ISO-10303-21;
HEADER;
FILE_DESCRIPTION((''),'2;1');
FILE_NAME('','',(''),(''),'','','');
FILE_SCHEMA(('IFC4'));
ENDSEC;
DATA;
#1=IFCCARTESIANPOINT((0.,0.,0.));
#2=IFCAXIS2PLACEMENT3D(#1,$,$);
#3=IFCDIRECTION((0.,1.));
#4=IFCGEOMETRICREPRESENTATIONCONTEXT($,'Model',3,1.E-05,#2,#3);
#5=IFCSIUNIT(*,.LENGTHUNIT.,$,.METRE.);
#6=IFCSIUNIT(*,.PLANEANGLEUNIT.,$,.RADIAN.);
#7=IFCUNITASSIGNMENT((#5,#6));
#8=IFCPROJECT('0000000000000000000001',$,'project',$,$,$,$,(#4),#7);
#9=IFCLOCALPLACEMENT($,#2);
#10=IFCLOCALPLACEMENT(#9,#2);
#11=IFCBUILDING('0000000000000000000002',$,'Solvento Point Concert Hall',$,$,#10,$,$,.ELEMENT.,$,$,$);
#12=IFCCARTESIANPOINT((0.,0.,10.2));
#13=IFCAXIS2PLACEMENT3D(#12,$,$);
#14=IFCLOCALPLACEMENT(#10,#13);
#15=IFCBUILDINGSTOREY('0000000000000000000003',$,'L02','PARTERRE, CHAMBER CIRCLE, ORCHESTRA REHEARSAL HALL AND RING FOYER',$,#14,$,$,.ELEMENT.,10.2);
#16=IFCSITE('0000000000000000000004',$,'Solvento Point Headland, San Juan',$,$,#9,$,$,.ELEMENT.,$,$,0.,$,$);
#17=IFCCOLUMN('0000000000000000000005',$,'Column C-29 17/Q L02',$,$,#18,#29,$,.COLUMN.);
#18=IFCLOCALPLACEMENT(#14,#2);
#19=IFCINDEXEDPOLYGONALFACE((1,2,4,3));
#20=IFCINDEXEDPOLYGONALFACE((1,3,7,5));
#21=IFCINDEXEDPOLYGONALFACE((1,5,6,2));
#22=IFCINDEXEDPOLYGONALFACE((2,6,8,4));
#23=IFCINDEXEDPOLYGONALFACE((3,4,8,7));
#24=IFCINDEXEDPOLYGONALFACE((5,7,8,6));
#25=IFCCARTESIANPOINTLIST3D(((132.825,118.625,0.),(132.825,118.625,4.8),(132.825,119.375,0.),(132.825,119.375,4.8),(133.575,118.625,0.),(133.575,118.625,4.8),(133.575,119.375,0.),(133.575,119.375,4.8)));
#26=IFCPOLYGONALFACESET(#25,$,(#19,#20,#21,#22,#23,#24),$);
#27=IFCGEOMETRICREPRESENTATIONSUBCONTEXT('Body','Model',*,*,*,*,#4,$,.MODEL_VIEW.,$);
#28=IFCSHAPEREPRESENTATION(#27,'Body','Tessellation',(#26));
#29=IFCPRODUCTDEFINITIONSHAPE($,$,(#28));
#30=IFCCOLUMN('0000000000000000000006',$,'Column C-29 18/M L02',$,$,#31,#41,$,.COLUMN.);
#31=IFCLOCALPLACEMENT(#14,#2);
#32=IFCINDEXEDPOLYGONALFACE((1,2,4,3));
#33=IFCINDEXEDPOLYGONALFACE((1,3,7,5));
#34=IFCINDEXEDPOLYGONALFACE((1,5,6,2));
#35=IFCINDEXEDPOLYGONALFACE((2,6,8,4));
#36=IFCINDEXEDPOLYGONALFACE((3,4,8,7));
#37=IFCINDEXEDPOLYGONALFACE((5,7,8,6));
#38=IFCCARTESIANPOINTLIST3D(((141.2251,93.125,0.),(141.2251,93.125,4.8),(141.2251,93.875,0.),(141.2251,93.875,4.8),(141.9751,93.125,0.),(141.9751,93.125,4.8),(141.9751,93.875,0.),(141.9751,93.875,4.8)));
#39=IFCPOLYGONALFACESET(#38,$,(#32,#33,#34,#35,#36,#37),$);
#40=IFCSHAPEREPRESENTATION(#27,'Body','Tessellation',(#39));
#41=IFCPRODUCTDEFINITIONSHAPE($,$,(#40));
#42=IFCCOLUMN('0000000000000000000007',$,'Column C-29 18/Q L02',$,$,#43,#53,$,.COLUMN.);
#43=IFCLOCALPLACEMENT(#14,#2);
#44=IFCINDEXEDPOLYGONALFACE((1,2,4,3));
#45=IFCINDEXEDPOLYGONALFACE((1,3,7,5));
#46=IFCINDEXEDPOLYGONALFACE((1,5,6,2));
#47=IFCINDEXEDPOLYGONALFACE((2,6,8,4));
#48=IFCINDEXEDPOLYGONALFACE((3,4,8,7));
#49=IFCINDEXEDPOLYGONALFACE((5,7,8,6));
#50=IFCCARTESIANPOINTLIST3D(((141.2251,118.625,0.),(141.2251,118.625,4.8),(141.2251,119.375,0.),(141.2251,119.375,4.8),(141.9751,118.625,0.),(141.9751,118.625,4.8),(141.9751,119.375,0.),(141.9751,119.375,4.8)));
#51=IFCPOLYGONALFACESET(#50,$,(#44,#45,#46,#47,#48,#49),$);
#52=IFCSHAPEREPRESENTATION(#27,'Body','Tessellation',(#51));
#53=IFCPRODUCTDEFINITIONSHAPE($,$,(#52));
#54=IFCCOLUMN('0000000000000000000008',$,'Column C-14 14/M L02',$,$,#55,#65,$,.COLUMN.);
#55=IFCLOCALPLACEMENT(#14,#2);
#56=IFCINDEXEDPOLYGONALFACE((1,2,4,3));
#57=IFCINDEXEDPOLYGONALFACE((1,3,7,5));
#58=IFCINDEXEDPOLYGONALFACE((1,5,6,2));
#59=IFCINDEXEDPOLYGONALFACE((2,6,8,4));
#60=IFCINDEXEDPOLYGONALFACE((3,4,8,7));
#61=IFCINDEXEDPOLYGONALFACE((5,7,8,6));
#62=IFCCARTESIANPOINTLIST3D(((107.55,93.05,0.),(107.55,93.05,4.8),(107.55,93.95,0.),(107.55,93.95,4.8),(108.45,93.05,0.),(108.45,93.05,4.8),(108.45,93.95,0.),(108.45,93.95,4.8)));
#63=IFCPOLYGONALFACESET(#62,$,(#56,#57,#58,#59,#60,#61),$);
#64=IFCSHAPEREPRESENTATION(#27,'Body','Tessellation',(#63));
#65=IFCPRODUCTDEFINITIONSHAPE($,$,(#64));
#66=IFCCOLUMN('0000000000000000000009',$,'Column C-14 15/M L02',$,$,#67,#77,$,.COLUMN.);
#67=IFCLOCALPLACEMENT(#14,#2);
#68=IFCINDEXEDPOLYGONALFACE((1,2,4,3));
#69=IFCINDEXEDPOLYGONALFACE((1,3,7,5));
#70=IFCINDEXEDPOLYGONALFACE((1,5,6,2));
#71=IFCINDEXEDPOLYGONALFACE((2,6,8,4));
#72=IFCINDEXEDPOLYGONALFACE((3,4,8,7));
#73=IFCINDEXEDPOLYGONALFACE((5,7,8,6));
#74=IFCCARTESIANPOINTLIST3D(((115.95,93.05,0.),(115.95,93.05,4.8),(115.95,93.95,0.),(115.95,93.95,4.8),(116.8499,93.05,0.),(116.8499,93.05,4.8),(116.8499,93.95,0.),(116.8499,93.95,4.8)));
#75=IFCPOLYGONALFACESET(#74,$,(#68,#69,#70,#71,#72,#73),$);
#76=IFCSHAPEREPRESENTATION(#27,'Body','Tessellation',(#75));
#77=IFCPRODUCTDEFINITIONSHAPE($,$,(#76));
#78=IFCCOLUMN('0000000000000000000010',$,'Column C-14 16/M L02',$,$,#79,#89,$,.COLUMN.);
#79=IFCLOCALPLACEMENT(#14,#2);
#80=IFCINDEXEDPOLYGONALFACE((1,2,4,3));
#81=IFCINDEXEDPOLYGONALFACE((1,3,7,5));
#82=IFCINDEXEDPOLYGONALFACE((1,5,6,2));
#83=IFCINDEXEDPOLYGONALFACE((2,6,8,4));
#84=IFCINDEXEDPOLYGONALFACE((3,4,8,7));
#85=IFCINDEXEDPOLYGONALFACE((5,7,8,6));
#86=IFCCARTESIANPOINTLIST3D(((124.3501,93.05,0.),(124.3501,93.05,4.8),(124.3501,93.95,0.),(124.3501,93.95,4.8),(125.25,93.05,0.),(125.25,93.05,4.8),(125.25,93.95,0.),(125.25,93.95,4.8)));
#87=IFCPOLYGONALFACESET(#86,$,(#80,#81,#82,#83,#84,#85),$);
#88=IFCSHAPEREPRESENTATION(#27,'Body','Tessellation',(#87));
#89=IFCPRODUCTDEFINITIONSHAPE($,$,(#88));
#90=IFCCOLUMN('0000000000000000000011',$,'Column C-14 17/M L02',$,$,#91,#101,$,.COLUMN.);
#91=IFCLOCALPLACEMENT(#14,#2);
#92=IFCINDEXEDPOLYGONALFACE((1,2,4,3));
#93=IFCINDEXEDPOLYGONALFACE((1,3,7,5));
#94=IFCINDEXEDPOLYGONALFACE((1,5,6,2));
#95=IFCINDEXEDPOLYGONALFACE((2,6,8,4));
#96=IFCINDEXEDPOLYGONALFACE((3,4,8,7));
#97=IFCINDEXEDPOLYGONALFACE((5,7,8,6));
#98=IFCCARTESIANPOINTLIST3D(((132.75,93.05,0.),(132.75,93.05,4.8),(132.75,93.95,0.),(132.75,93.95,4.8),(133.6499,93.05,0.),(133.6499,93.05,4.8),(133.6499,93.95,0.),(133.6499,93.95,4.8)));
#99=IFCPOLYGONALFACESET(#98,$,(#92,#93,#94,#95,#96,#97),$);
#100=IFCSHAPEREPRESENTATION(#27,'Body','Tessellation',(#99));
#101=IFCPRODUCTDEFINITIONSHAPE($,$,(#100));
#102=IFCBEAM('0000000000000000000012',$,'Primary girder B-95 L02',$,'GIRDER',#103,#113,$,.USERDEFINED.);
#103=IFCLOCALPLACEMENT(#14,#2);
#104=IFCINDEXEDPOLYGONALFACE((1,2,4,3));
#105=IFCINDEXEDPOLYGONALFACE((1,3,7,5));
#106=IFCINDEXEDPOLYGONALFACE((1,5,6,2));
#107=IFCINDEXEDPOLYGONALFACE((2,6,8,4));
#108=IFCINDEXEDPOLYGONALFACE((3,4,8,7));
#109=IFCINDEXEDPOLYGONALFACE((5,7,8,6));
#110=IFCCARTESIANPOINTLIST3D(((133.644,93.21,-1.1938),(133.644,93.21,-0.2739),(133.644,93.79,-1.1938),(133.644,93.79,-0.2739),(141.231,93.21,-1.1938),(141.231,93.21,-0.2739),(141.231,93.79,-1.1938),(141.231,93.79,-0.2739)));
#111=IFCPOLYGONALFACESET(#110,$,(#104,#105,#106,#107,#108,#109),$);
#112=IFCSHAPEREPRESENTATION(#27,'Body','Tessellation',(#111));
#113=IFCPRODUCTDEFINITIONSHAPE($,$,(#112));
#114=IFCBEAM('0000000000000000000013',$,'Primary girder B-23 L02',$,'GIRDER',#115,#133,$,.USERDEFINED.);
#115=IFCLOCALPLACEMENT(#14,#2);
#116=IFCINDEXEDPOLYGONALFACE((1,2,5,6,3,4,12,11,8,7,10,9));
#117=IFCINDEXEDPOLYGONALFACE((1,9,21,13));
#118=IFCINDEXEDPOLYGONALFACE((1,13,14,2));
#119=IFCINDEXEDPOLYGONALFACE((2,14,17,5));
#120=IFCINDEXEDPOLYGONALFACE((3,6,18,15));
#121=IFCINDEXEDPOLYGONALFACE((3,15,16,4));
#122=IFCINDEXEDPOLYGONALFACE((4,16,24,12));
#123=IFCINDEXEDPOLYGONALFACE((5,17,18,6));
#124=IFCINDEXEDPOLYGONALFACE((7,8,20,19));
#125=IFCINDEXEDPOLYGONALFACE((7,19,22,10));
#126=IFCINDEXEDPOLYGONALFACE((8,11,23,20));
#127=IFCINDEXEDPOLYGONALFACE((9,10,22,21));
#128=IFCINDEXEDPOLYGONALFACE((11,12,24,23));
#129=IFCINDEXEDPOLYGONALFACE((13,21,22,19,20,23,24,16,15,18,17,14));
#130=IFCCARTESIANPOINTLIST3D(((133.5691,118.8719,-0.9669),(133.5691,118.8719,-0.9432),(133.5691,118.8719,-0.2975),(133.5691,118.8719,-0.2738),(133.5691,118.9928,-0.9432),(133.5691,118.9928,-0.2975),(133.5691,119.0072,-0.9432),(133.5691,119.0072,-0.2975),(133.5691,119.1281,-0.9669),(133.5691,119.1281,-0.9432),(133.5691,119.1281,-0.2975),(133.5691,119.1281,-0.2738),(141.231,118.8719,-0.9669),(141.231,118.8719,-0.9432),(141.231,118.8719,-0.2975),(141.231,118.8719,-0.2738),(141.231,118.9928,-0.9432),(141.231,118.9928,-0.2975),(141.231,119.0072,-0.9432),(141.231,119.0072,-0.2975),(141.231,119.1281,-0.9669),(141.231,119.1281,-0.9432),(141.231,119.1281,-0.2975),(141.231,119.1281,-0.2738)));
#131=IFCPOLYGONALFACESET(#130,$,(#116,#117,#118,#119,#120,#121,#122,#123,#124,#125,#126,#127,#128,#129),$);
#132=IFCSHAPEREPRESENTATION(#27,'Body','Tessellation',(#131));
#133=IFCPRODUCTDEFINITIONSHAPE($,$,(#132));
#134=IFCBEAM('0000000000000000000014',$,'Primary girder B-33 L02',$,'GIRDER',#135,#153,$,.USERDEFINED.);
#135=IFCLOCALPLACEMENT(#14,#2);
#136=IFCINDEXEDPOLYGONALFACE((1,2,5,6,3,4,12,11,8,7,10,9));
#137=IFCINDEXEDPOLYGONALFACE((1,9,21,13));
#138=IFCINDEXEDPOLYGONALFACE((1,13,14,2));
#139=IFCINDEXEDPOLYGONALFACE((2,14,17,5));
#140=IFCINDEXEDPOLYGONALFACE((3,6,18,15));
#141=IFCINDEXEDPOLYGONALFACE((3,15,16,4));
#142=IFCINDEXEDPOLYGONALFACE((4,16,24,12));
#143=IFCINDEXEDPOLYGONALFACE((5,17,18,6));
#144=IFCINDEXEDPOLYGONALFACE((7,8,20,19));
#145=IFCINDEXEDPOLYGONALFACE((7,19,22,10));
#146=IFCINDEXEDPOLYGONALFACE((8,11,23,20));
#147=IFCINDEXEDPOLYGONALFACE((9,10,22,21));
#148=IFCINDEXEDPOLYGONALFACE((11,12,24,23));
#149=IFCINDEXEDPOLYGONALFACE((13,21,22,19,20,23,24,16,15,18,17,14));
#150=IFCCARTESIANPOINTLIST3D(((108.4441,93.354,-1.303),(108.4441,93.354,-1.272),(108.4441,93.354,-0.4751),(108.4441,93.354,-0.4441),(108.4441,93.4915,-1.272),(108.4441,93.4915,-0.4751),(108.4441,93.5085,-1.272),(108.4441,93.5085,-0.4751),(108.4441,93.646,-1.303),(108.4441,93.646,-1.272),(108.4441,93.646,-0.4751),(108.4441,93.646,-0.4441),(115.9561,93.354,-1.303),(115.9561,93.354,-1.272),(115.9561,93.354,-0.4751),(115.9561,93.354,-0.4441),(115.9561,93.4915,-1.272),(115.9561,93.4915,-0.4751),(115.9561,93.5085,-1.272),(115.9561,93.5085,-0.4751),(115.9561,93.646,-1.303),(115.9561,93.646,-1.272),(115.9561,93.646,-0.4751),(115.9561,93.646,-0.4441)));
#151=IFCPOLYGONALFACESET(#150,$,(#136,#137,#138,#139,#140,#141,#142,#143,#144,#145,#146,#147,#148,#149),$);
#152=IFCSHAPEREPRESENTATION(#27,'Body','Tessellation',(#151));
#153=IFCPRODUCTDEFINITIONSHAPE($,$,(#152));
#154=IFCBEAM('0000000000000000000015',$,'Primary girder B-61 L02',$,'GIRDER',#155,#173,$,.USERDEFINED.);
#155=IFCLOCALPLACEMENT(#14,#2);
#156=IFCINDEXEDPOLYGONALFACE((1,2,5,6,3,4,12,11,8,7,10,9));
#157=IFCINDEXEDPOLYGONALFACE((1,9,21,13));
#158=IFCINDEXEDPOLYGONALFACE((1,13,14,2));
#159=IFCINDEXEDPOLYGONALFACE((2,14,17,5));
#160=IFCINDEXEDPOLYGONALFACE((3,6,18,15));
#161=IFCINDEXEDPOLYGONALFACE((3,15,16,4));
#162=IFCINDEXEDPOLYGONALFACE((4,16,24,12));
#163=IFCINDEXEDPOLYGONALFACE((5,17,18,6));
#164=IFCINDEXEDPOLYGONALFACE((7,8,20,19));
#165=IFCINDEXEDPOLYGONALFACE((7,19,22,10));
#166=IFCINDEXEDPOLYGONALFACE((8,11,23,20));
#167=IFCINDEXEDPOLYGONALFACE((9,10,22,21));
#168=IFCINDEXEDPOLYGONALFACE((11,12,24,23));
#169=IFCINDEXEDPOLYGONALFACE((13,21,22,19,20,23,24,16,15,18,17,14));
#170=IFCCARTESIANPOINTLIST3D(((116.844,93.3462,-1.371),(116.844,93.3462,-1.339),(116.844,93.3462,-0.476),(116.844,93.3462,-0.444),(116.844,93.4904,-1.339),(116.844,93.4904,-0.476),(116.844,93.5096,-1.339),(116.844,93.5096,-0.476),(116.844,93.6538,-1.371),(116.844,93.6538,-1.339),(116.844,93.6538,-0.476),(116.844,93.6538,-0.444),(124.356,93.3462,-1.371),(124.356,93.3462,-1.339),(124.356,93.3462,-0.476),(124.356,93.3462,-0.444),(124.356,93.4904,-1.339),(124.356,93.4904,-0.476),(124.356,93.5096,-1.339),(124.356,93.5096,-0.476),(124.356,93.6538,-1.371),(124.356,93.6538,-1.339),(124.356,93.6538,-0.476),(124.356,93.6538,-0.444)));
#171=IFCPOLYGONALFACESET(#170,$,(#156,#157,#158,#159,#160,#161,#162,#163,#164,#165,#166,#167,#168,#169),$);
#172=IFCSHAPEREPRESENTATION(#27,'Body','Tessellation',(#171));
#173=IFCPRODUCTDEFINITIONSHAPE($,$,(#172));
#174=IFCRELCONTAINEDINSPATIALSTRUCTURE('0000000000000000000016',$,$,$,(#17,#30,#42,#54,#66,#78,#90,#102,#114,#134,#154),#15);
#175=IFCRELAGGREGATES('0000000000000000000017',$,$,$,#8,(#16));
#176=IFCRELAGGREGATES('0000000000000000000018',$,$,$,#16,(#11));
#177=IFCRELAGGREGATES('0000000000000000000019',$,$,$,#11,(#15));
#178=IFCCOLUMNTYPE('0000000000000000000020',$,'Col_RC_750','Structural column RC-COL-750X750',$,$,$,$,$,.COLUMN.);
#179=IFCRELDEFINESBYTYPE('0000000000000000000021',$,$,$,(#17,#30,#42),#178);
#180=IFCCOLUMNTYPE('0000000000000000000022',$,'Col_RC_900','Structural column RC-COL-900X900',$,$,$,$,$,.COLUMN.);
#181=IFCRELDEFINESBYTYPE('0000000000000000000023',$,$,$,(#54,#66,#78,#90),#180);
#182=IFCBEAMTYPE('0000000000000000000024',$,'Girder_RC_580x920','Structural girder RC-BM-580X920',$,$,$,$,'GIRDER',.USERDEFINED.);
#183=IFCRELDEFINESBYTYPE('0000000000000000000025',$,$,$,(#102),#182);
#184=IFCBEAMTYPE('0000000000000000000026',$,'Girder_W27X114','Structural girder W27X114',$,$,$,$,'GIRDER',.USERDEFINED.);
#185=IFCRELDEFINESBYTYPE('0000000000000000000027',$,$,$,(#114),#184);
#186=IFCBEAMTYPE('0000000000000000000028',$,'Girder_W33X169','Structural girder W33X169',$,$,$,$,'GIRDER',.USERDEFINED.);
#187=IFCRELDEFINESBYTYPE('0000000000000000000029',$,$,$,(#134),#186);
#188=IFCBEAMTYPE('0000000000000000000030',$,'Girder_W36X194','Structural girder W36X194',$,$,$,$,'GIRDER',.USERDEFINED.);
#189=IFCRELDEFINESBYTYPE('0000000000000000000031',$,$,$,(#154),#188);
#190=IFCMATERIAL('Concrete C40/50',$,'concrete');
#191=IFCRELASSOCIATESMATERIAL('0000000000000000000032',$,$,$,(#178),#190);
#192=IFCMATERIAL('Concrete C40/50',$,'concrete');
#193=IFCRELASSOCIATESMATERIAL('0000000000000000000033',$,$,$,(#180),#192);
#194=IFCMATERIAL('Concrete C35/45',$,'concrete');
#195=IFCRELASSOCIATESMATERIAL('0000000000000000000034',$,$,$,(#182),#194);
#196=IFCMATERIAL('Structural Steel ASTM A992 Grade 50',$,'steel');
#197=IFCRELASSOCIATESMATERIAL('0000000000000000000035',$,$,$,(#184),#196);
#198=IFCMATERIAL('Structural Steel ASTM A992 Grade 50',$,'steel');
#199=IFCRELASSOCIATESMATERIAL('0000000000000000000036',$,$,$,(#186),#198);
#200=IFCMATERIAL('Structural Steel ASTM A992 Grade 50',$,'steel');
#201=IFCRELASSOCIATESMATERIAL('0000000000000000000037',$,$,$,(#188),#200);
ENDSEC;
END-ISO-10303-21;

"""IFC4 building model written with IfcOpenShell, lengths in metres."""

from ifc_helpers import new_model, si_unit, direction, frame, origin, origin_2d, place, context, subcontext, project, spatial, rectangle, i_section, extrude, material, material_profile, profile_set, type_object, element, save


model = new_model("IFC4")

# Units and contexts
model_context = context("Model", 3, precision=1e-05, world=origin(), true_north=direction((0.0, 1.0)))
body_context = subcontext(model_context, "Body", "Model", "MODEL_VIEW")
ifc_project = project(units=[si_unit("LENGTHUNIT", "METRE"), si_unit("PLANEANGLEUNIT", "RADIAN")], contexts=[model_context])

# Site, building, storey
site_placement = place(None, origin())
site = spatial("IfcSite", under=ifc_project, at=site_placement, Name="Solvento Point Headland, San Juan", CompositionType="ELEMENT", RefElevation=0.0)
building_placement = place(site_placement, origin())
building = spatial("IfcBuilding", under=site, at=building_placement, Name="Solvento Point Concert Hall", CompositionType="ELEMENT")
storey_placement = place(building_placement, frame((0.0, 0.0, 10.2)))
storey = spatial("IfcBuildingStorey", under=building, at=storey_placement, Name="L02", Description="PARTERRE, CHAMBER CIRCLE, ORCHESTRA REHEARSAL HALL AND RING FOYER", CompositionType="ELEMENT", Elevation=10.2)

# Columns
ifc_material_1 = material(Name="Concrete C40/50", Category="concrete")
ifc_material_profile_1 = material_profile(ifc_material_1, rectangle(XDim=0.75, YDim=0.75, at=origin_2d()), Name="RC-COL-750X750")
ifc_profile_set_1 = profile_set([ifc_material_profile_1], Name="Concrete C40/50")
column_type_1 = type_object("IfcColumnType", Name="Col_RC_750", Description="Structural column RC-COL-750X750", PredefinedType="COLUMN", material=ifc_profile_set_1)
for number, where, z_axis, x_axis, name in (
    (1, (133.2, 119.0, 0.0), (0.0, 0.0, 1.0), (1.0, 0.0, 0.0), "Column C-29 17/Q L02"),
    (2, (141.6001, 93.5, 0.0), (0.0, 0.0, 1.0), (1.0, 0.0, 0.0), "Column C-29 18/M L02"),
    (3, (141.6001, 119.0, 0.0), (0.0, 0.0, 1.0), (1.0, 0.0, 0.0), "Column C-29 18/Q L02"),
):
    element("IfcColumn", number, at=place(storey_placement, frame(where, z_axis=z_axis, x_axis=x_axis)), inside=storey, type_object=column_type_1, Name=name, PredefinedType="COLUMN", context=body_context, shape_type="SweptSolid", body=[
        extrude(rectangle(XDim=0.75, YDim=0.75, at=origin_2d()), origin(), (0.0, 0.0, 1.0), 4.8),
    ])
ifc_material_2 = material(Name="Concrete C40/50", Category="concrete")
ifc_material_profile_2 = material_profile(ifc_material_2, rectangle(XDim=0.8999, YDim=0.8999, at=origin_2d()), Name="RC-COL-900X900")
ifc_profile_set_2 = profile_set([ifc_material_profile_2], Name="Concrete C40/50")
column_type_2 = type_object("IfcColumnType", Name="Col_RC_900", Description="Structural column RC-COL-900X900", PredefinedType="COLUMN", material=ifc_profile_set_2)
for number, where, z_axis, x_axis, name in (
    (4, (108.0, 93.5, 0.0), (0.0, 0.0, 1.0), (1.0, 0.0, 0.0), "Column C-14 14/M L02"),
    (5, (116.3999, 93.5, 0.0), (0.0, 0.0, 1.0), (1.0, 0.0, 0.0), "Column C-14 15/M L02"),
    (6, (124.8, 93.5, 0.0), (0.0, 0.0, 1.0), (1.0, 0.0, 0.0), "Column C-14 16/M L02"),
    (7, (133.2, 93.5, 0.0), (0.0, 0.0, 1.0), (1.0, 0.0, 0.0), "Column C-14 17/M L02"),
):
    element("IfcColumn", number, at=place(storey_placement, frame(where, z_axis=z_axis, x_axis=x_axis)), inside=storey, type_object=column_type_2, Name=name, PredefinedType="COLUMN", context=body_context, shape_type="SweptSolid", body=[
        extrude(rectangle(XDim=0.8999, YDim=0.8999, at=origin_2d()), origin(), (0.0, 0.0, 1.0), 4.8),
    ])

# Beams
ifc_material_3 = material(Name="Concrete C35/45", Category="concrete")
ifc_material_profile_3 = material_profile(ifc_material_3, rectangle(XDim=0.5801, YDim=0.9199, at=origin_2d()), Name="RC-BM-580X920")
ifc_profile_set_3 = profile_set([ifc_material_profile_3], Name="Concrete C35/45")
beam_type_1 = type_object("IfcBeamType", Name="Girder_RC_580x920", Description="Structural girder RC-BM-580X920", ElementType="GIRDER", PredefinedType="USERDEFINED", material=ifc_profile_set_3)
beam_1_placement = place(storey_placement, frame((133.644, 93.5, -0.7339), z_axis=(1.0, 0.0, 0.0), x_axis=(0.0, 1.0, 0.0)))
element("IfcBeam", 8, at=beam_1_placement, inside=storey, type_object=beam_type_1, Name="Primary girder B-95 L02", ObjectType="GIRDER", PredefinedType="USERDEFINED", context=body_context, shape_type="SweptSolid", body=[
    extrude(rectangle(XDim=0.5801, YDim=0.9199, at=origin_2d()), origin(), (0.0, 0.0, 1.0), 7.5869),
])
ifc_material_4 = material(Name="Structural Steel ASTM A992 Grade 50", Category="steel")
ifc_material_profile_4 = material_profile(ifc_material_4, i_section(OverallWidth=0.2561, OverallDepth=0.6931, WebThickness=0.0144, FlangeThickness=0.0237, at=origin_2d()), Name="W27X114")
ifc_profile_set_4 = profile_set([ifc_material_profile_4], Name="Structural Steel ASTM A992 Grade 50")
beam_type_2 = type_object("IfcBeamType", Name="Girder_W27X114", Description="Structural girder W27X114", ElementType="GIRDER", PredefinedType="USERDEFINED", material=ifc_profile_set_4)
beam_2_placement = place(storey_placement, frame((133.5691, 119.0, -0.6204), z_axis=(1.0, 0.0, 0.0), x_axis=(0.0, 1.0, 0.0)))
element("IfcBeam", 9, at=beam_2_placement, inside=storey, type_object=beam_type_2, Name="Primary girder B-23 L02", ObjectType="GIRDER", PredefinedType="USERDEFINED", context=body_context, shape_type="SweptSolid", body=[
    extrude(i_section(OverallWidth=0.2561, OverallDepth=0.6931, WebThickness=0.0144, FlangeThickness=0.0237, at=origin_2d()), origin(), (0.0, 0.0, 1.0), 7.6619),
])
ifc_material_5 = material(Name="Structural Steel ASTM A992 Grade 50", Category="steel")
ifc_material_profile_5 = material_profile(ifc_material_5, i_section(OverallWidth=0.292, OverallDepth=0.8589, WebThickness=0.0171, FlangeThickness=0.031, at=origin_2d()), Name="W33X169")
ifc_profile_set_5 = profile_set([ifc_material_profile_5], Name="Structural Steel ASTM A992 Grade 50")
beam_type_3 = type_object("IfcBeamType", Name="Girder_W33X169", Description="Structural girder W33X169", ElementType="GIRDER", PredefinedType="USERDEFINED", material=ifc_profile_set_5)
beam_3_placement = place(storey_placement, frame((108.4441, 93.5, -0.8735), z_axis=(1.0, 0.0, 0.0), x_axis=(0.0, 1.0, 0.0)))
element("IfcBeam", 10, at=beam_3_placement, inside=storey, type_object=beam_type_3, Name="Primary girder B-33 L02", ObjectType="GIRDER", PredefinedType="USERDEFINED", context=body_context, shape_type="SweptSolid", body=[
    extrude(i_section(OverallWidth=0.292, OverallDepth=0.8589, WebThickness=0.0171, FlangeThickness=0.031, at=origin_2d()), origin(), (0.0, 0.0, 1.0), 7.512),
])
ifc_material_6 = material(Name="Structural Steel ASTM A992 Grade 50", Category="steel")
ifc_material_profile_6 = material_profile(ifc_material_6, i_section(OverallWidth=0.3076, OverallDepth=0.927, WebThickness=0.0193, FlangeThickness=0.032, at=origin_2d()), Name="W36X194")
ifc_profile_set_6 = profile_set([ifc_material_profile_6], Name="Structural Steel ASTM A992 Grade 50")
beam_type_4 = type_object("IfcBeamType", Name="Girder_W36X194", Description="Structural girder W36X194", ElementType="GIRDER", PredefinedType="USERDEFINED", material=ifc_profile_set_6)
beam_4_placement = place(storey_placement, frame((116.844, 93.5, -0.9075), z_axis=(1.0, 0.0, 0.0), x_axis=(0.0, 1.0, 0.0)))
element("IfcBeam", 11, at=beam_4_placement, inside=storey, type_object=beam_type_4, Name="Primary girder B-61 L02", ObjectType="GIRDER", PredefinedType="USERDEFINED", context=body_context, shape_type="SweptSolid", body=[
    extrude(i_section(OverallWidth=0.3076, OverallDepth=0.927, WebThickness=0.0193, FlangeThickness=0.032, at=origin_2d()), origin(), (0.0, 0.0, 1.0), 7.512),
])

save(model, "model.ifc")
